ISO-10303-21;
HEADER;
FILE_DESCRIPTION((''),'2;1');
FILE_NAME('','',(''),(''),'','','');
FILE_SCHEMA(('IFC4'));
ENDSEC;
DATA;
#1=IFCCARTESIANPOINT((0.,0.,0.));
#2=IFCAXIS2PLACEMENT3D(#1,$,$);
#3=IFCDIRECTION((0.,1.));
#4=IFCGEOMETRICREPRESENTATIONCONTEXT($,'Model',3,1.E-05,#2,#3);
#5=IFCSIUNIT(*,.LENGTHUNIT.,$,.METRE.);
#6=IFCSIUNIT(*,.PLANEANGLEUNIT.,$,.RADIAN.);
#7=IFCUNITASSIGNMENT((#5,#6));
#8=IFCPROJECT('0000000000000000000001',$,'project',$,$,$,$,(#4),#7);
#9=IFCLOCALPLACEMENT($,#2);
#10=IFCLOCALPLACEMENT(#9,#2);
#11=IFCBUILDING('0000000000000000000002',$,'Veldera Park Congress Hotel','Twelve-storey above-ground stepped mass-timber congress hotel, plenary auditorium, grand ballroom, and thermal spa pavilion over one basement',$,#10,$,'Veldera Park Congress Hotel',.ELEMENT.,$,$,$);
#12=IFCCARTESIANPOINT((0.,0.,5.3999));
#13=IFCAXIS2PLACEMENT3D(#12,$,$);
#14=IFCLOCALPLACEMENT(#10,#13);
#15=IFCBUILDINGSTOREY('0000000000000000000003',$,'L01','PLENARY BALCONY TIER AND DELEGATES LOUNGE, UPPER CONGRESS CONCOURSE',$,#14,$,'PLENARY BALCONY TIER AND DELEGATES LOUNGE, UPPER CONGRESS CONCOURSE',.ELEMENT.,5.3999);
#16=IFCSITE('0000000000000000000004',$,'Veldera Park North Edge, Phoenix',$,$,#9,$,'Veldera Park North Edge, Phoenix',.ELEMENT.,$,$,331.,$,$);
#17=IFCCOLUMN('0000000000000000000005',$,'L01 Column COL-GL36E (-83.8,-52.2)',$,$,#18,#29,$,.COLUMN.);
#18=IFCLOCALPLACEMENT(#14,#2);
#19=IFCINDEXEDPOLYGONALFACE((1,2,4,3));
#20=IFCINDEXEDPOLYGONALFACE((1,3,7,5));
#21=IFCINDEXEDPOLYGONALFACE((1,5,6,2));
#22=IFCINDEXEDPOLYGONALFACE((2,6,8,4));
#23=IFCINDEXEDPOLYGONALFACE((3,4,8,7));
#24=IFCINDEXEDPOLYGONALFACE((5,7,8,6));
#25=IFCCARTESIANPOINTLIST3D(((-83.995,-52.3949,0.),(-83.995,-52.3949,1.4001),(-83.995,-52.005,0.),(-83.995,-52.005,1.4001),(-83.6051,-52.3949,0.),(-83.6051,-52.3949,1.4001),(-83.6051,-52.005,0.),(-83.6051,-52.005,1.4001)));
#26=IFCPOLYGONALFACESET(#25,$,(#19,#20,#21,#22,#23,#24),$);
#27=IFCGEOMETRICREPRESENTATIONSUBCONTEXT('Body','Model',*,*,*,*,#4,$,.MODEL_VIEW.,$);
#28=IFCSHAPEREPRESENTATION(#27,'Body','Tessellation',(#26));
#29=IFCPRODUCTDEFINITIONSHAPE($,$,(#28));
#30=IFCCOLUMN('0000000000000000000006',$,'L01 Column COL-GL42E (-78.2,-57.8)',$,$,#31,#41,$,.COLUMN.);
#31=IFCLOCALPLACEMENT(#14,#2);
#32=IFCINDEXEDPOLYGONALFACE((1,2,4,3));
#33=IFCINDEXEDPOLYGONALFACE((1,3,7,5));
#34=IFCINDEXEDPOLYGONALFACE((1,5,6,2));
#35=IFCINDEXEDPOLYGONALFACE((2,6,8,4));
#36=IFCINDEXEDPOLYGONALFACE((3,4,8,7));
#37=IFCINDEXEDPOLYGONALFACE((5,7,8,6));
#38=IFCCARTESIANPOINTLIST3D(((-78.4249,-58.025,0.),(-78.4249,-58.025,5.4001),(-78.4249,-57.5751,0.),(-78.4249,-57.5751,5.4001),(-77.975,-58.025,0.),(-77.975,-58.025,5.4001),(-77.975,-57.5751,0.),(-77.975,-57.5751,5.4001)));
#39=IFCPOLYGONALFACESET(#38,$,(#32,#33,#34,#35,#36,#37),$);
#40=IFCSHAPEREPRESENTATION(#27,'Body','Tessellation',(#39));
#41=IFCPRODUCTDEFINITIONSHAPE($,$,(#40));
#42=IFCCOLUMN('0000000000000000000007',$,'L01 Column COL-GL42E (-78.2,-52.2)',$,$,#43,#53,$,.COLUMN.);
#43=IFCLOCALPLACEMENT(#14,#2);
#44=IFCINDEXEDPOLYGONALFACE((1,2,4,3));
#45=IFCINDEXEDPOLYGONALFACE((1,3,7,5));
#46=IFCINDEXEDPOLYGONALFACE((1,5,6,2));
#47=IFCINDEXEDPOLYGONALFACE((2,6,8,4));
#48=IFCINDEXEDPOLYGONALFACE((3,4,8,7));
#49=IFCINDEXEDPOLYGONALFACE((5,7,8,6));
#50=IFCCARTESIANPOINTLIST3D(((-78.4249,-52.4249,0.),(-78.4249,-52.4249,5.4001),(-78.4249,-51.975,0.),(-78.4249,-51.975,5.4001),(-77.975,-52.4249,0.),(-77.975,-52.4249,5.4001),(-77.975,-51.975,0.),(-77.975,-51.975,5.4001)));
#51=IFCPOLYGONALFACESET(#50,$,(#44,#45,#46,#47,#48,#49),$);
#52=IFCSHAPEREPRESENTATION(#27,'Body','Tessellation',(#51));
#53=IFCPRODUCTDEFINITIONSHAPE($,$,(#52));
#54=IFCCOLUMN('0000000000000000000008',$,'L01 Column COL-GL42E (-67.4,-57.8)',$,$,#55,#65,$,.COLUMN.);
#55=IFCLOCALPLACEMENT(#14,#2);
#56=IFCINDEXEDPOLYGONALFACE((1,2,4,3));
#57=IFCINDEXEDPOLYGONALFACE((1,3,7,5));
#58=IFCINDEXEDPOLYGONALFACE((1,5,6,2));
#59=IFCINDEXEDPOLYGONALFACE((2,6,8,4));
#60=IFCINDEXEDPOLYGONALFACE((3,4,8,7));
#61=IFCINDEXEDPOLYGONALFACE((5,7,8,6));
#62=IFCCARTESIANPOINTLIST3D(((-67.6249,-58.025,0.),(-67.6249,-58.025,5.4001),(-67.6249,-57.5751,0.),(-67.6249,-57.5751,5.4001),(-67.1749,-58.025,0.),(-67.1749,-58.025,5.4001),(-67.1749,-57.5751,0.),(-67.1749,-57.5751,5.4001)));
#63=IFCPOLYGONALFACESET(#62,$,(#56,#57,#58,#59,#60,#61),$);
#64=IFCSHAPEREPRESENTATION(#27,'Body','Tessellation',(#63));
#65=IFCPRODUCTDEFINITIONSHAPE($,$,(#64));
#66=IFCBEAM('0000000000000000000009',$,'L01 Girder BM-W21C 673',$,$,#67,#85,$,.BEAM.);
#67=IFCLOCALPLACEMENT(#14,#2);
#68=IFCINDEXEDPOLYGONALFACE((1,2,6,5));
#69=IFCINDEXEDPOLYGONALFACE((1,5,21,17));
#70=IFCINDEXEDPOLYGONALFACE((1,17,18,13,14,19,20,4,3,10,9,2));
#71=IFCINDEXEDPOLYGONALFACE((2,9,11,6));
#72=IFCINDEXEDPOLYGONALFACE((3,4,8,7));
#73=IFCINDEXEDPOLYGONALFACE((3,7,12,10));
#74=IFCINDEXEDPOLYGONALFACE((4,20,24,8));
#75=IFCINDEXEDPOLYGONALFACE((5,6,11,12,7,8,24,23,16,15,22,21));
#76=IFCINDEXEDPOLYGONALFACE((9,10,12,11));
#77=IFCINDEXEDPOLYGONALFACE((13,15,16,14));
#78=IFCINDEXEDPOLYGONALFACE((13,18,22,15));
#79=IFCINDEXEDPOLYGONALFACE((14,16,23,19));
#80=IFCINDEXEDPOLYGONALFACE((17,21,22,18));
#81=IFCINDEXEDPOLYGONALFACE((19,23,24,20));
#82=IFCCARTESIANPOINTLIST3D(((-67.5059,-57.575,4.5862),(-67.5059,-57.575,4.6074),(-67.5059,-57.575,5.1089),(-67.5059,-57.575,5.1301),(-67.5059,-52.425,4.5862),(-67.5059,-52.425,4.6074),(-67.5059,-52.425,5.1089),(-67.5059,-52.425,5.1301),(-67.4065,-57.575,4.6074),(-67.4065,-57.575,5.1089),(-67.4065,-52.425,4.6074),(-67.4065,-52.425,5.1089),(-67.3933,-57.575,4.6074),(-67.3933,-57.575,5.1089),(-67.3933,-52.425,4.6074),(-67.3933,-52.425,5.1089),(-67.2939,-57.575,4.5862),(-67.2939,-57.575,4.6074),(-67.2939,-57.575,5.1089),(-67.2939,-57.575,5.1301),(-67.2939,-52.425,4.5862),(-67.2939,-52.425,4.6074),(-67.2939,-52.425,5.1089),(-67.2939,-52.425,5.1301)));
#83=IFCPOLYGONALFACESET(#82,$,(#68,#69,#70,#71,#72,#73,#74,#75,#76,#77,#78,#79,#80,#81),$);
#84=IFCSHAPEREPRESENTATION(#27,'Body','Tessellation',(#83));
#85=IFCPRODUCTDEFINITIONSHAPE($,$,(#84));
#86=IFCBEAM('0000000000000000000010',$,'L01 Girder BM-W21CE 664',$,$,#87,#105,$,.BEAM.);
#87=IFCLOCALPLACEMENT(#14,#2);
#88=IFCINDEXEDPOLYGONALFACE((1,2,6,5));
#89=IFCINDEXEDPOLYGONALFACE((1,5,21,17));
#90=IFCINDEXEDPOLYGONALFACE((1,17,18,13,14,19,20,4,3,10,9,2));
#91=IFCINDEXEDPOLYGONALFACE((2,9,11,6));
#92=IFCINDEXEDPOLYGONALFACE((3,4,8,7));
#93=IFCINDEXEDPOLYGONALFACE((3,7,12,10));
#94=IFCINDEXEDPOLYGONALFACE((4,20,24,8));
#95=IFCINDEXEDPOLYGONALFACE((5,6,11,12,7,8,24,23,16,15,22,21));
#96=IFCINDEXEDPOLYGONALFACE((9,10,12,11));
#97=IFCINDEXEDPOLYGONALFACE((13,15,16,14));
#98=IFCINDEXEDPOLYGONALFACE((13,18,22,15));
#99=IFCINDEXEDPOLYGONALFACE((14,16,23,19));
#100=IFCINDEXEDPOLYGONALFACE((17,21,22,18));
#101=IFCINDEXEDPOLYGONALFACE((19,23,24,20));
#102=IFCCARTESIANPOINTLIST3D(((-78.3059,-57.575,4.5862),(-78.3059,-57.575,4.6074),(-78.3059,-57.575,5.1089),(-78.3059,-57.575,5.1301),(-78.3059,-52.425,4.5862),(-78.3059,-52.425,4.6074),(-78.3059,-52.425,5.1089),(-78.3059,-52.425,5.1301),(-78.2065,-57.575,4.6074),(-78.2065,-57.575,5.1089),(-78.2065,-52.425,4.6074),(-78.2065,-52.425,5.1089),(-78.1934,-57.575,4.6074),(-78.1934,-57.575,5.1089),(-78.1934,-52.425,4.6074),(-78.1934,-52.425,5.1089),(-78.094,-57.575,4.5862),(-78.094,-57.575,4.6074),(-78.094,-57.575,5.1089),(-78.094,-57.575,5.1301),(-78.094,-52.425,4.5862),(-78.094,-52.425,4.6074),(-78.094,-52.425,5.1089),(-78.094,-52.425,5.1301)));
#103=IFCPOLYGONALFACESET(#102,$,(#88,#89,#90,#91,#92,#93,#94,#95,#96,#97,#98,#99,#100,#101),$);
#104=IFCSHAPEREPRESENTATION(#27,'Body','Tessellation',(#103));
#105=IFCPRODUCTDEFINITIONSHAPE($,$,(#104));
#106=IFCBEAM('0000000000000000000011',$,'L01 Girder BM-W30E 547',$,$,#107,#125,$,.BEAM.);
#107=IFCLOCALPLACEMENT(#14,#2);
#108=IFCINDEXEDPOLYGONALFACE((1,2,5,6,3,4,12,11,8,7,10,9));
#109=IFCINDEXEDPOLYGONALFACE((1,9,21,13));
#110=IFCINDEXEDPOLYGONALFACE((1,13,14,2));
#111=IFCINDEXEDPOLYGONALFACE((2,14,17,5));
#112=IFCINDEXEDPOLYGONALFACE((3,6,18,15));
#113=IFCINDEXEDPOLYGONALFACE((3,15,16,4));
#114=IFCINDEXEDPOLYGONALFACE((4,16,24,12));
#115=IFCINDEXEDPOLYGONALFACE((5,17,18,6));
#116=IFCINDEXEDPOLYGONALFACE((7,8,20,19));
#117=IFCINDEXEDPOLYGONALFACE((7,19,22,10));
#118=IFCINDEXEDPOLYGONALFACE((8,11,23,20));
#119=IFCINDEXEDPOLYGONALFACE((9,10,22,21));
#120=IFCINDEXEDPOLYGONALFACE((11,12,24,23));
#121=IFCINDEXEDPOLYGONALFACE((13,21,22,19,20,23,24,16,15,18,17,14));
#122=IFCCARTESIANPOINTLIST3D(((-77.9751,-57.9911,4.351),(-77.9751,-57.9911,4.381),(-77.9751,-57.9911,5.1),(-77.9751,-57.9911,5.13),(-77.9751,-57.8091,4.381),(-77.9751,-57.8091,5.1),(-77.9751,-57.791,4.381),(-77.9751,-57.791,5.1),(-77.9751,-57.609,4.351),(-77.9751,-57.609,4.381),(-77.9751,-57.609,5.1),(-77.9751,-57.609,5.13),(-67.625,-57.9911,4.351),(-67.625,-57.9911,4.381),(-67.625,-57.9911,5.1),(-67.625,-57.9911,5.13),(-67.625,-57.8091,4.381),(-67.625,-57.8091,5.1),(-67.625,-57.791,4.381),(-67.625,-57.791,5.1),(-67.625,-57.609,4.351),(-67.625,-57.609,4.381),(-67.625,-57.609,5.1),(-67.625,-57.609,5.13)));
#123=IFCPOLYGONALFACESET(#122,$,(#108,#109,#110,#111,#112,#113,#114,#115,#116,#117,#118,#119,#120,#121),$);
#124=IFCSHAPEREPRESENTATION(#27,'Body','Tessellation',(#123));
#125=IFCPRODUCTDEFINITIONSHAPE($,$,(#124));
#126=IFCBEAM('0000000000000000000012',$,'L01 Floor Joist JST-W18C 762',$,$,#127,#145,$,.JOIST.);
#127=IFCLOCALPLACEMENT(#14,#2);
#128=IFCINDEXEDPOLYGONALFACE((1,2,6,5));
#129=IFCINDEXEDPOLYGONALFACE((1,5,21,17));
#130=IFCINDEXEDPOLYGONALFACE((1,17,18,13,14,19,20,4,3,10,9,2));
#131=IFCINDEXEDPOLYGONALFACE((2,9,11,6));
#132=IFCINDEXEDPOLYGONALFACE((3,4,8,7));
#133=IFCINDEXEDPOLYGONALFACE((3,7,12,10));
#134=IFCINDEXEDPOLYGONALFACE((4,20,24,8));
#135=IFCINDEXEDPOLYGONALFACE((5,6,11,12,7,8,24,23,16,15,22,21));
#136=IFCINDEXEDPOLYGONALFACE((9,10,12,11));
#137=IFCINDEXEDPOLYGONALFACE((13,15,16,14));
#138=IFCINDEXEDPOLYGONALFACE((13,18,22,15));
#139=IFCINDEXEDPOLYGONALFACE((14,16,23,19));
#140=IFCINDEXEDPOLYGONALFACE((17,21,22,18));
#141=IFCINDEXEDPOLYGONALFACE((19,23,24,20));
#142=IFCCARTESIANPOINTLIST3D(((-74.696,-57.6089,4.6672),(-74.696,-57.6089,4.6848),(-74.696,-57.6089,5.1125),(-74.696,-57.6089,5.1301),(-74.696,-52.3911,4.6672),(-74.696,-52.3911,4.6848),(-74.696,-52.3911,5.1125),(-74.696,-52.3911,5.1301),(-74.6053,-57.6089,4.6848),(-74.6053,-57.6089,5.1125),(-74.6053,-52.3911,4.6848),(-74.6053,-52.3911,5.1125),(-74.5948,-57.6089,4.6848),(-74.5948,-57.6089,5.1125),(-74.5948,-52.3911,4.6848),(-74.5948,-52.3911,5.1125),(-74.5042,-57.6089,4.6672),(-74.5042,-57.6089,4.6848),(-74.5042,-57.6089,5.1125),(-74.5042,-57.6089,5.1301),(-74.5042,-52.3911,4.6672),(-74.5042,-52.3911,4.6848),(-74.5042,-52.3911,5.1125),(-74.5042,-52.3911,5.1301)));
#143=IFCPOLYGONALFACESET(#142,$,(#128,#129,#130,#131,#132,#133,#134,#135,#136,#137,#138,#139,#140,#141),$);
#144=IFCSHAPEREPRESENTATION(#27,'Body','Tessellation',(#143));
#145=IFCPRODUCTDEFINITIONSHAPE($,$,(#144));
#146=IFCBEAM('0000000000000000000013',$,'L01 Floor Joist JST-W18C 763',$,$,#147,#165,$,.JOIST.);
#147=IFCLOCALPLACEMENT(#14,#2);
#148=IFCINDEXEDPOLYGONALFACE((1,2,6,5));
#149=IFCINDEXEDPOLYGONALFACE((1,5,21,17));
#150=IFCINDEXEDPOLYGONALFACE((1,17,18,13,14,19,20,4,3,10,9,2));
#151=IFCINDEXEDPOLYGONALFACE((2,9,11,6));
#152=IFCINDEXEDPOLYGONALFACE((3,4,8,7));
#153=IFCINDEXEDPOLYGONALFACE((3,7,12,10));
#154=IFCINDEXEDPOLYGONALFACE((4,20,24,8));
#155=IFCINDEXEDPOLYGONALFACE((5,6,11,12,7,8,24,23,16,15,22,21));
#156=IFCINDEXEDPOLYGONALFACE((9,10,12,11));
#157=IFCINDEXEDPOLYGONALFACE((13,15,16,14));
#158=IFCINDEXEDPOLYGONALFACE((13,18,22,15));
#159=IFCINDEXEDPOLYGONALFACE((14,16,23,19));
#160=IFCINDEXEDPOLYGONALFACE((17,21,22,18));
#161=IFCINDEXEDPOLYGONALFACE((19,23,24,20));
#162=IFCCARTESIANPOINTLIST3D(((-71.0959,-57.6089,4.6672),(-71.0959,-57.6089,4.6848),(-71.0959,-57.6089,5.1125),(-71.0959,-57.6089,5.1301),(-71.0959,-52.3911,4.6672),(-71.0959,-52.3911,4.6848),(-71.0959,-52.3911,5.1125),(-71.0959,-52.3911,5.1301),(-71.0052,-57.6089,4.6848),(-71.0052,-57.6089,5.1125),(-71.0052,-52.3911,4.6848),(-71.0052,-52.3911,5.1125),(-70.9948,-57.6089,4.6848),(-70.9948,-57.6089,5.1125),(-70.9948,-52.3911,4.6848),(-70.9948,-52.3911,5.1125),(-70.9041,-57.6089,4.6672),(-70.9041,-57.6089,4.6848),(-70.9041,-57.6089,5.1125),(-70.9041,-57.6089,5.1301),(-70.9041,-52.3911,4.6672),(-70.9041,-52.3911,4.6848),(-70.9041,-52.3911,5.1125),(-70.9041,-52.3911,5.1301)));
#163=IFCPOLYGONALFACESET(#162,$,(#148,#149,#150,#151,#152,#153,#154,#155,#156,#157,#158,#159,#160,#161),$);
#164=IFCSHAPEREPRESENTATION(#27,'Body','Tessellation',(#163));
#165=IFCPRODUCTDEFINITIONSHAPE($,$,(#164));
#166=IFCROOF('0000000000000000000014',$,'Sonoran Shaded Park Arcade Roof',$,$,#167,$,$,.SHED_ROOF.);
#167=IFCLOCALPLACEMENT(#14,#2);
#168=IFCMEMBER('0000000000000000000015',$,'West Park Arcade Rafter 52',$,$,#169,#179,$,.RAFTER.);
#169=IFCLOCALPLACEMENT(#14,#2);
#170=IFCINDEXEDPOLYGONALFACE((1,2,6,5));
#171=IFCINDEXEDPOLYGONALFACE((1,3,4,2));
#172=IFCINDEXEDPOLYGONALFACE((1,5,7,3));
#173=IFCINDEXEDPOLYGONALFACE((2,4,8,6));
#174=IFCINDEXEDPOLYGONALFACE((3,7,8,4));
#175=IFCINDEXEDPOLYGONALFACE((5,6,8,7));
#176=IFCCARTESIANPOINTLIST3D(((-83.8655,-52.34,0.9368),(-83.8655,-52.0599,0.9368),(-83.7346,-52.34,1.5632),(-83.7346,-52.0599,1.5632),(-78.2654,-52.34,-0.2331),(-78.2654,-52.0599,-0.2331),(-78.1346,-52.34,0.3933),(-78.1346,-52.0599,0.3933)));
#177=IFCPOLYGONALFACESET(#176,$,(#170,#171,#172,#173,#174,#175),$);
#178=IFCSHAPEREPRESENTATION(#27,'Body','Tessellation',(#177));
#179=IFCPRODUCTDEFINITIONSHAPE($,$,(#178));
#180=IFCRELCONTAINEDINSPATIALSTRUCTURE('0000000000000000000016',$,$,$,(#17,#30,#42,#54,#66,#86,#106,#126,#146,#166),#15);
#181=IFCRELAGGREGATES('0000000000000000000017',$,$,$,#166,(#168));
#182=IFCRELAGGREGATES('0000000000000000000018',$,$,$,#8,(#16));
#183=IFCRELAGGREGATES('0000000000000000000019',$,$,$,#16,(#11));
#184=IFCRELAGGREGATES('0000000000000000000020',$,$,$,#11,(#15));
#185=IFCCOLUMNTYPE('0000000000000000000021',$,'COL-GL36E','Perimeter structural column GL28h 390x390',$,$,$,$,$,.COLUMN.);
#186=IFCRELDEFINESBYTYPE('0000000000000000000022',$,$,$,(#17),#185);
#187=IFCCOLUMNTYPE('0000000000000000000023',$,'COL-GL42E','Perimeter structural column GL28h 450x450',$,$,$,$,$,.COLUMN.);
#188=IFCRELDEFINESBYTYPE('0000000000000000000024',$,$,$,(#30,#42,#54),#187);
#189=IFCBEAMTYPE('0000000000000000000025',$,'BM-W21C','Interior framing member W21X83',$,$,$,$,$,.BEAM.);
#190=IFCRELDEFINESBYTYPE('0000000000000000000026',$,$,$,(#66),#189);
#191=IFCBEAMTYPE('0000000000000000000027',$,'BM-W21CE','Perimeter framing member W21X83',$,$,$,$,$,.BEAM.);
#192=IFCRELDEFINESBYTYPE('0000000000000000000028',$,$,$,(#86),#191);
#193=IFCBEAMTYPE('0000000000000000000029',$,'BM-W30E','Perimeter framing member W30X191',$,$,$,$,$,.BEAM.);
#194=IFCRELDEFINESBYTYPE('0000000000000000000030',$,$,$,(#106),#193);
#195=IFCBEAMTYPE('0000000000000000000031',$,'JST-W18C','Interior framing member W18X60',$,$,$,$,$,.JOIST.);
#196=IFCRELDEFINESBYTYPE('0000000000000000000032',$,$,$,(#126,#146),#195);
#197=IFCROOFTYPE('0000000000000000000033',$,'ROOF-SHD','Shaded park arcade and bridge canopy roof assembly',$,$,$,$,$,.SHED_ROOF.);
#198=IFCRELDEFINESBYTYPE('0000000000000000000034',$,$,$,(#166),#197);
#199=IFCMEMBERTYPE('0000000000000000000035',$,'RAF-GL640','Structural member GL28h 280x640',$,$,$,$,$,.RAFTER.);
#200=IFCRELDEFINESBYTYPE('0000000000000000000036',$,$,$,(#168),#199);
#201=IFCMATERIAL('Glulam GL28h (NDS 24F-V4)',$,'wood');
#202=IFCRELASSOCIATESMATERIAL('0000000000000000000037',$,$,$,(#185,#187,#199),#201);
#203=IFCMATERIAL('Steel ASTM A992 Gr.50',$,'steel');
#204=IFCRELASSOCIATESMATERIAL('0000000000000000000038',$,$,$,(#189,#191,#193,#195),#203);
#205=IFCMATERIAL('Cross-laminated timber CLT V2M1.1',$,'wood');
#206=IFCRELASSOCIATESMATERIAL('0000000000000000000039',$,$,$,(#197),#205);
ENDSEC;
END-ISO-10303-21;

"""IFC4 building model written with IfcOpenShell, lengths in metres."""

from ifc_helpers import new_model, si_unit, direction, frame, origin, origin_2d, place, context, subcontext, project, spatial, rectangle, i_section, extrude, material, material_profile, profile_set, type_object, element, aggregate, save


model = new_model("IFC4")

# Units and contexts
model_context = context("Model", 3, precision=1e-05, world=origin(), true_north=direction((0.0, 1.0)))
body_context = subcontext(model_context, "Body", "Model", "MODEL_VIEW")
ifc_project = project(units=[si_unit("LENGTHUNIT", "METRE"), si_unit("PLANEANGLEUNIT", "RADIAN")], contexts=[model_context])

# Site, building, storey
site_placement = place(None, origin())
site = spatial("IfcSite", under=ifc_project, at=site_placement, Name="Veldera Park North Edge, Phoenix", LongName="Veldera Park North Edge, Phoenix", CompositionType="ELEMENT", RefElevation=331.0)
building_placement = place(site_placement, origin())
building = spatial("IfcBuilding", under=site, at=building_placement, Name="Veldera Park Congress Hotel", Description="Twelve-storey above-ground stepped mass-timber congress hotel, plenary auditorium, grand ballroom, and thermal spa pavilion over one basement", LongName="Veldera Park Congress Hotel", CompositionType="ELEMENT")
storey_placement = place(building_placement, frame((0.0, 0.0, 5.3999)))
storey = spatial("IfcBuildingStorey", under=building, at=storey_placement, Name="L01", Description="PLENARY BALCONY TIER AND DELEGATES LOUNGE, UPPER CONGRESS CONCOURSE", LongName="PLENARY BALCONY TIER AND DELEGATES LOUNGE, UPPER CONGRESS CONCOURSE", CompositionType="ELEMENT", Elevation=5.3999)

# Columns
ifc_material_1 = material(Name="Glulam GL28h (NDS 24F-V4)", Category="wood")
ifc_material_profile_1 = material_profile(ifc_material_1, rectangle(XDim=0.3899, YDim=0.3899, at=origin_2d()), Name="GL28h 390x390")
ifc_profile_set_1 = profile_set([ifc_material_profile_1], Name="Glulam GL28h (NDS 24F-V4)")
column_type_1 = type_object("IfcColumnType", Name="COL-GL36E", Description="Perimeter structural column GL28h 390x390", PredefinedType="COLUMN", material=ifc_profile_set_1)
column_placement = place(storey_placement, frame((-83.8, -52.2, 0.0), z_axis=(0.0, 0.0, 1.0), x_axis=(1.0, 0.0, 0.0)))
element("IfcColumn", 1, at=column_placement, inside=storey, type_object=column_type_1, Name="L01 Column COL-GL36E (-83.8,-52.2)", PredefinedType="COLUMN", context=body_context, shape_type="SweptSolid", body=[
    extrude(rectangle(XDim=0.3899, YDim=0.3899, at=origin_2d()), origin(), (0.0, 0.0, 1.0), 1.4001),
])
ifc_material_profile_2 = material_profile(ifc_material_1, rectangle(XDim=0.45, YDim=0.45, at=origin_2d()), Name="GL28h 450x450")
ifc_profile_set_2 = profile_set([ifc_material_profile_2], Name="Glulam GL28h (NDS 24F-V4)")
column_type_2 = type_object("IfcColumnType", Name="COL-GL42E", Description="Perimeter structural column GL28h 450x450", PredefinedType="COLUMN", material=ifc_profile_set_2)
for number, where, z_axis, x_axis, name in (
    (2, (-78.2, -57.8, 0.0), (0.0, 0.0, 1.0), (1.0, 0.0, 0.0), "L01 Column COL-GL42E (-78.2,-57.8)"),
    (3, (-78.2, -52.2, 0.0), (0.0, 0.0, 1.0), (1.0, 0.0, 0.0), "L01 Column COL-GL42E (-78.2,-52.2)"),
    (4, (-67.3999, -57.8, 0.0), (0.0, 0.0, 1.0), (1.0, 0.0, 0.0), "L01 Column COL-GL42E (-67.4,-57.8)"),
):
    element("IfcColumn", number, at=place(storey_placement, frame(where, z_axis=z_axis, x_axis=x_axis)), inside=storey, type_object=column_type_2, Name=name, PredefinedType="COLUMN", context=body_context, shape_type="SweptSolid", body=[
        extrude(rectangle(XDim=0.45, YDim=0.45, at=origin_2d()), origin(), (0.0, 0.0, 1.0), 5.4001),
    ])

# Beams
ifc_material_2 = material(Name="Steel ASTM A992 Gr.50", Category="steel")
ifc_material_profile_3 = material_profile(ifc_material_2, i_section(OverallWidth=0.2119, OverallDepth=0.5439, WebThickness=0.0132, FlangeThickness=0.0212, at=origin_2d()), Name="W21X83")
ifc_profile_set_3 = profile_set([ifc_material_profile_3], Name="Steel ASTM A992 Gr.50")
beam_type_1 = type_object("IfcBeamType", Name="BM-W21C", Description="Interior framing member W21X83", PredefinedType="BEAM", material=ifc_profile_set_3)
beam_1_placement = place(storey_placement, frame((-67.3999, -57.575, 4.8582), z_axis=(0.0, 1.0, 0.0), x_axis=(-1.0, 0.0, 0.0)))
element("IfcBeam", 5, at=beam_1_placement, inside=storey, type_object=beam_type_1, Name="L01 Girder BM-W21C 673", PredefinedType="BEAM", context=body_context, shape_type="SweptSolid", body=[
    extrude(i_section(OverallWidth=0.2119, OverallDepth=0.5439, WebThickness=0.0132, FlangeThickness=0.0212, at=origin_2d()), origin(), (0.0, 0.0, 1.0), 5.1499),
])
ifc_material_profile_4 = material_profile(ifc_material_2, i_section(OverallWidth=0.2119, OverallDepth=0.5439, WebThickness=0.0132, FlangeThickness=0.0212, at=origin_2d()), Name="W21X83")
ifc_profile_set_4 = profile_set([ifc_material_profile_4], Name="Steel ASTM A992 Gr.50")
beam_type_2 = type_object("IfcBeamType", Name="BM-W21CE", Description="Perimeter framing member W21X83", PredefinedType="BEAM", material=ifc_profile_set_4)
beam_2_placement = place(storey_placement, frame((-78.2, -57.575, 4.8582), z_axis=(0.0, 1.0, 0.0), x_axis=(-1.0, 0.0, 0.0)))
element("IfcBeam", 6, at=beam_2_placement, inside=storey, type_object=beam_type_2, Name="L01 Girder BM-W21CE 664", PredefinedType="BEAM", context=body_context, shape_type="SweptSolid", body=[
    extrude(i_section(OverallWidth=0.2119, OverallDepth=0.5439, WebThickness=0.0132, FlangeThickness=0.0212, at=origin_2d()), origin(), (0.0, 0.0, 1.0), 5.1499),
])
ifc_material_profile_5 = material_profile(ifc_material_2, i_section(OverallWidth=0.3821, OverallDepth=0.7791, WebThickness=0.0181, FlangeThickness=0.03, at=origin_2d()), Name="W30X191")
ifc_profile_set_5 = profile_set([ifc_material_profile_5], Name="Steel ASTM A992 Gr.50")
beam_type_3 = type_object("IfcBeamType", Name="BM-W30E", Description="Perimeter framing member W30X191", PredefinedType="BEAM", material=ifc_profile_set_5)
beam_3_placement = place(storey_placement, frame((-77.9751, -57.8, 4.7405), z_axis=(1.0, 0.0, 0.0), x_axis=(0.0, 1.0, 0.0)))
element("IfcBeam", 7, at=beam_3_placement, inside=storey, type_object=beam_type_3, Name="L01 Girder BM-W30E 547", PredefinedType="BEAM", context=body_context, shape_type="SweptSolid", body=[
    extrude(i_section(OverallWidth=0.3821, OverallDepth=0.7791, WebThickness=0.0181, FlangeThickness=0.03, at=origin_2d()), origin(), (0.0, 0.0, 1.0), 10.3501),
])
ifc_material_profile_6 = material_profile(ifc_material_2, i_section(OverallWidth=0.1919, OverallDepth=0.4629, WebThickness=0.0105, FlangeThickness=0.0176, at=origin_2d()), Name="W18X60")
ifc_profile_set_6 = profile_set([ifc_material_profile_6], Name="Steel ASTM A992 Gr.50")
beam_type_4 = type_object("IfcBeamType", Name="JST-W18C", Description="Interior framing member W18X60", PredefinedType="JOIST", material=ifc_profile_set_6)
for number, where, z_axis, x_axis, name in (
    (8, (-74.6001, -57.6089, 4.8987), (0.0, 1.0, 0.0), (-1.0, 0.0, 0.0), "L01 Floor Joist JST-W18C 762"),
    (9, (-71.0, -57.6089, 4.8987), (0.0, 1.0, 0.0), (-1.0, 0.0, 0.0), "L01 Floor Joist JST-W18C 763"),
):
    element("IfcBeam", number, at=place(storey_placement, frame(where, z_axis=z_axis, x_axis=x_axis)), inside=storey, type_object=beam_type_4, Name=name, PredefinedType="JOIST", context=body_context, shape_type="SweptSolid", body=[
        extrude(i_section(OverallWidth=0.1919, OverallDepth=0.4629, WebThickness=0.0105, FlangeThickness=0.0176, at=origin_2d()), origin(), (0.0, 0.0, 1.0), 5.2178),
    ])

# Roof, member
ifc_material_3 = material(Name="Cross-laminated timber CLT V2M1.1", Category="wood")
roof_type = type_object("IfcRoofType", Name="ROOF-SHD", Description="Shaded park arcade and bridge canopy roof assembly", PredefinedType="SHED_ROOF", material=ifc_material_3)
roof_placement = place(storey_placement, origin())
roof = element("IfcRoof", 10, at=roof_placement, inside=storey, type_object=roof_type, Name="Sonoran Shaded Park Arcade Roof", PredefinedType="SHED_ROOF")
ifc_material_profile_7 = material_profile(ifc_material_1, rectangle(XDim=0.28, YDim=0.6399, at=origin_2d()), Name="GL28h 280x640")
ifc_profile_set_7 = profile_set([ifc_material_profile_7], Name="Glulam GL28h (NDS 24F-V4)")
member_type = type_object("IfcMemberType", Name="RAF-GL640", Description="Structural member GL28h 280x640", PredefinedType="RAFTER", material=ifc_profile_set_7)
member_placement = place(storey_placement, frame((-83.8, -52.2, 1.25), z_axis=(0.978867, 0.0, -0.204496), x_axis=(0.0, 1.0, 0.0)))
member = element("IfcMember", 11, at=member_placement, type_object=member_type, Name="West Park Arcade Rafter 52", PredefinedType="RAFTER", context=body_context, shape_type="SweptSolid", body=[
    extrude(rectangle(XDim=0.28, YDim=0.6399, at=origin_2d()), origin(), (0.0, 0.0, 1.0), 5.7209),
])
aggregate(roof, [member])

save(model, "model.ifc")
